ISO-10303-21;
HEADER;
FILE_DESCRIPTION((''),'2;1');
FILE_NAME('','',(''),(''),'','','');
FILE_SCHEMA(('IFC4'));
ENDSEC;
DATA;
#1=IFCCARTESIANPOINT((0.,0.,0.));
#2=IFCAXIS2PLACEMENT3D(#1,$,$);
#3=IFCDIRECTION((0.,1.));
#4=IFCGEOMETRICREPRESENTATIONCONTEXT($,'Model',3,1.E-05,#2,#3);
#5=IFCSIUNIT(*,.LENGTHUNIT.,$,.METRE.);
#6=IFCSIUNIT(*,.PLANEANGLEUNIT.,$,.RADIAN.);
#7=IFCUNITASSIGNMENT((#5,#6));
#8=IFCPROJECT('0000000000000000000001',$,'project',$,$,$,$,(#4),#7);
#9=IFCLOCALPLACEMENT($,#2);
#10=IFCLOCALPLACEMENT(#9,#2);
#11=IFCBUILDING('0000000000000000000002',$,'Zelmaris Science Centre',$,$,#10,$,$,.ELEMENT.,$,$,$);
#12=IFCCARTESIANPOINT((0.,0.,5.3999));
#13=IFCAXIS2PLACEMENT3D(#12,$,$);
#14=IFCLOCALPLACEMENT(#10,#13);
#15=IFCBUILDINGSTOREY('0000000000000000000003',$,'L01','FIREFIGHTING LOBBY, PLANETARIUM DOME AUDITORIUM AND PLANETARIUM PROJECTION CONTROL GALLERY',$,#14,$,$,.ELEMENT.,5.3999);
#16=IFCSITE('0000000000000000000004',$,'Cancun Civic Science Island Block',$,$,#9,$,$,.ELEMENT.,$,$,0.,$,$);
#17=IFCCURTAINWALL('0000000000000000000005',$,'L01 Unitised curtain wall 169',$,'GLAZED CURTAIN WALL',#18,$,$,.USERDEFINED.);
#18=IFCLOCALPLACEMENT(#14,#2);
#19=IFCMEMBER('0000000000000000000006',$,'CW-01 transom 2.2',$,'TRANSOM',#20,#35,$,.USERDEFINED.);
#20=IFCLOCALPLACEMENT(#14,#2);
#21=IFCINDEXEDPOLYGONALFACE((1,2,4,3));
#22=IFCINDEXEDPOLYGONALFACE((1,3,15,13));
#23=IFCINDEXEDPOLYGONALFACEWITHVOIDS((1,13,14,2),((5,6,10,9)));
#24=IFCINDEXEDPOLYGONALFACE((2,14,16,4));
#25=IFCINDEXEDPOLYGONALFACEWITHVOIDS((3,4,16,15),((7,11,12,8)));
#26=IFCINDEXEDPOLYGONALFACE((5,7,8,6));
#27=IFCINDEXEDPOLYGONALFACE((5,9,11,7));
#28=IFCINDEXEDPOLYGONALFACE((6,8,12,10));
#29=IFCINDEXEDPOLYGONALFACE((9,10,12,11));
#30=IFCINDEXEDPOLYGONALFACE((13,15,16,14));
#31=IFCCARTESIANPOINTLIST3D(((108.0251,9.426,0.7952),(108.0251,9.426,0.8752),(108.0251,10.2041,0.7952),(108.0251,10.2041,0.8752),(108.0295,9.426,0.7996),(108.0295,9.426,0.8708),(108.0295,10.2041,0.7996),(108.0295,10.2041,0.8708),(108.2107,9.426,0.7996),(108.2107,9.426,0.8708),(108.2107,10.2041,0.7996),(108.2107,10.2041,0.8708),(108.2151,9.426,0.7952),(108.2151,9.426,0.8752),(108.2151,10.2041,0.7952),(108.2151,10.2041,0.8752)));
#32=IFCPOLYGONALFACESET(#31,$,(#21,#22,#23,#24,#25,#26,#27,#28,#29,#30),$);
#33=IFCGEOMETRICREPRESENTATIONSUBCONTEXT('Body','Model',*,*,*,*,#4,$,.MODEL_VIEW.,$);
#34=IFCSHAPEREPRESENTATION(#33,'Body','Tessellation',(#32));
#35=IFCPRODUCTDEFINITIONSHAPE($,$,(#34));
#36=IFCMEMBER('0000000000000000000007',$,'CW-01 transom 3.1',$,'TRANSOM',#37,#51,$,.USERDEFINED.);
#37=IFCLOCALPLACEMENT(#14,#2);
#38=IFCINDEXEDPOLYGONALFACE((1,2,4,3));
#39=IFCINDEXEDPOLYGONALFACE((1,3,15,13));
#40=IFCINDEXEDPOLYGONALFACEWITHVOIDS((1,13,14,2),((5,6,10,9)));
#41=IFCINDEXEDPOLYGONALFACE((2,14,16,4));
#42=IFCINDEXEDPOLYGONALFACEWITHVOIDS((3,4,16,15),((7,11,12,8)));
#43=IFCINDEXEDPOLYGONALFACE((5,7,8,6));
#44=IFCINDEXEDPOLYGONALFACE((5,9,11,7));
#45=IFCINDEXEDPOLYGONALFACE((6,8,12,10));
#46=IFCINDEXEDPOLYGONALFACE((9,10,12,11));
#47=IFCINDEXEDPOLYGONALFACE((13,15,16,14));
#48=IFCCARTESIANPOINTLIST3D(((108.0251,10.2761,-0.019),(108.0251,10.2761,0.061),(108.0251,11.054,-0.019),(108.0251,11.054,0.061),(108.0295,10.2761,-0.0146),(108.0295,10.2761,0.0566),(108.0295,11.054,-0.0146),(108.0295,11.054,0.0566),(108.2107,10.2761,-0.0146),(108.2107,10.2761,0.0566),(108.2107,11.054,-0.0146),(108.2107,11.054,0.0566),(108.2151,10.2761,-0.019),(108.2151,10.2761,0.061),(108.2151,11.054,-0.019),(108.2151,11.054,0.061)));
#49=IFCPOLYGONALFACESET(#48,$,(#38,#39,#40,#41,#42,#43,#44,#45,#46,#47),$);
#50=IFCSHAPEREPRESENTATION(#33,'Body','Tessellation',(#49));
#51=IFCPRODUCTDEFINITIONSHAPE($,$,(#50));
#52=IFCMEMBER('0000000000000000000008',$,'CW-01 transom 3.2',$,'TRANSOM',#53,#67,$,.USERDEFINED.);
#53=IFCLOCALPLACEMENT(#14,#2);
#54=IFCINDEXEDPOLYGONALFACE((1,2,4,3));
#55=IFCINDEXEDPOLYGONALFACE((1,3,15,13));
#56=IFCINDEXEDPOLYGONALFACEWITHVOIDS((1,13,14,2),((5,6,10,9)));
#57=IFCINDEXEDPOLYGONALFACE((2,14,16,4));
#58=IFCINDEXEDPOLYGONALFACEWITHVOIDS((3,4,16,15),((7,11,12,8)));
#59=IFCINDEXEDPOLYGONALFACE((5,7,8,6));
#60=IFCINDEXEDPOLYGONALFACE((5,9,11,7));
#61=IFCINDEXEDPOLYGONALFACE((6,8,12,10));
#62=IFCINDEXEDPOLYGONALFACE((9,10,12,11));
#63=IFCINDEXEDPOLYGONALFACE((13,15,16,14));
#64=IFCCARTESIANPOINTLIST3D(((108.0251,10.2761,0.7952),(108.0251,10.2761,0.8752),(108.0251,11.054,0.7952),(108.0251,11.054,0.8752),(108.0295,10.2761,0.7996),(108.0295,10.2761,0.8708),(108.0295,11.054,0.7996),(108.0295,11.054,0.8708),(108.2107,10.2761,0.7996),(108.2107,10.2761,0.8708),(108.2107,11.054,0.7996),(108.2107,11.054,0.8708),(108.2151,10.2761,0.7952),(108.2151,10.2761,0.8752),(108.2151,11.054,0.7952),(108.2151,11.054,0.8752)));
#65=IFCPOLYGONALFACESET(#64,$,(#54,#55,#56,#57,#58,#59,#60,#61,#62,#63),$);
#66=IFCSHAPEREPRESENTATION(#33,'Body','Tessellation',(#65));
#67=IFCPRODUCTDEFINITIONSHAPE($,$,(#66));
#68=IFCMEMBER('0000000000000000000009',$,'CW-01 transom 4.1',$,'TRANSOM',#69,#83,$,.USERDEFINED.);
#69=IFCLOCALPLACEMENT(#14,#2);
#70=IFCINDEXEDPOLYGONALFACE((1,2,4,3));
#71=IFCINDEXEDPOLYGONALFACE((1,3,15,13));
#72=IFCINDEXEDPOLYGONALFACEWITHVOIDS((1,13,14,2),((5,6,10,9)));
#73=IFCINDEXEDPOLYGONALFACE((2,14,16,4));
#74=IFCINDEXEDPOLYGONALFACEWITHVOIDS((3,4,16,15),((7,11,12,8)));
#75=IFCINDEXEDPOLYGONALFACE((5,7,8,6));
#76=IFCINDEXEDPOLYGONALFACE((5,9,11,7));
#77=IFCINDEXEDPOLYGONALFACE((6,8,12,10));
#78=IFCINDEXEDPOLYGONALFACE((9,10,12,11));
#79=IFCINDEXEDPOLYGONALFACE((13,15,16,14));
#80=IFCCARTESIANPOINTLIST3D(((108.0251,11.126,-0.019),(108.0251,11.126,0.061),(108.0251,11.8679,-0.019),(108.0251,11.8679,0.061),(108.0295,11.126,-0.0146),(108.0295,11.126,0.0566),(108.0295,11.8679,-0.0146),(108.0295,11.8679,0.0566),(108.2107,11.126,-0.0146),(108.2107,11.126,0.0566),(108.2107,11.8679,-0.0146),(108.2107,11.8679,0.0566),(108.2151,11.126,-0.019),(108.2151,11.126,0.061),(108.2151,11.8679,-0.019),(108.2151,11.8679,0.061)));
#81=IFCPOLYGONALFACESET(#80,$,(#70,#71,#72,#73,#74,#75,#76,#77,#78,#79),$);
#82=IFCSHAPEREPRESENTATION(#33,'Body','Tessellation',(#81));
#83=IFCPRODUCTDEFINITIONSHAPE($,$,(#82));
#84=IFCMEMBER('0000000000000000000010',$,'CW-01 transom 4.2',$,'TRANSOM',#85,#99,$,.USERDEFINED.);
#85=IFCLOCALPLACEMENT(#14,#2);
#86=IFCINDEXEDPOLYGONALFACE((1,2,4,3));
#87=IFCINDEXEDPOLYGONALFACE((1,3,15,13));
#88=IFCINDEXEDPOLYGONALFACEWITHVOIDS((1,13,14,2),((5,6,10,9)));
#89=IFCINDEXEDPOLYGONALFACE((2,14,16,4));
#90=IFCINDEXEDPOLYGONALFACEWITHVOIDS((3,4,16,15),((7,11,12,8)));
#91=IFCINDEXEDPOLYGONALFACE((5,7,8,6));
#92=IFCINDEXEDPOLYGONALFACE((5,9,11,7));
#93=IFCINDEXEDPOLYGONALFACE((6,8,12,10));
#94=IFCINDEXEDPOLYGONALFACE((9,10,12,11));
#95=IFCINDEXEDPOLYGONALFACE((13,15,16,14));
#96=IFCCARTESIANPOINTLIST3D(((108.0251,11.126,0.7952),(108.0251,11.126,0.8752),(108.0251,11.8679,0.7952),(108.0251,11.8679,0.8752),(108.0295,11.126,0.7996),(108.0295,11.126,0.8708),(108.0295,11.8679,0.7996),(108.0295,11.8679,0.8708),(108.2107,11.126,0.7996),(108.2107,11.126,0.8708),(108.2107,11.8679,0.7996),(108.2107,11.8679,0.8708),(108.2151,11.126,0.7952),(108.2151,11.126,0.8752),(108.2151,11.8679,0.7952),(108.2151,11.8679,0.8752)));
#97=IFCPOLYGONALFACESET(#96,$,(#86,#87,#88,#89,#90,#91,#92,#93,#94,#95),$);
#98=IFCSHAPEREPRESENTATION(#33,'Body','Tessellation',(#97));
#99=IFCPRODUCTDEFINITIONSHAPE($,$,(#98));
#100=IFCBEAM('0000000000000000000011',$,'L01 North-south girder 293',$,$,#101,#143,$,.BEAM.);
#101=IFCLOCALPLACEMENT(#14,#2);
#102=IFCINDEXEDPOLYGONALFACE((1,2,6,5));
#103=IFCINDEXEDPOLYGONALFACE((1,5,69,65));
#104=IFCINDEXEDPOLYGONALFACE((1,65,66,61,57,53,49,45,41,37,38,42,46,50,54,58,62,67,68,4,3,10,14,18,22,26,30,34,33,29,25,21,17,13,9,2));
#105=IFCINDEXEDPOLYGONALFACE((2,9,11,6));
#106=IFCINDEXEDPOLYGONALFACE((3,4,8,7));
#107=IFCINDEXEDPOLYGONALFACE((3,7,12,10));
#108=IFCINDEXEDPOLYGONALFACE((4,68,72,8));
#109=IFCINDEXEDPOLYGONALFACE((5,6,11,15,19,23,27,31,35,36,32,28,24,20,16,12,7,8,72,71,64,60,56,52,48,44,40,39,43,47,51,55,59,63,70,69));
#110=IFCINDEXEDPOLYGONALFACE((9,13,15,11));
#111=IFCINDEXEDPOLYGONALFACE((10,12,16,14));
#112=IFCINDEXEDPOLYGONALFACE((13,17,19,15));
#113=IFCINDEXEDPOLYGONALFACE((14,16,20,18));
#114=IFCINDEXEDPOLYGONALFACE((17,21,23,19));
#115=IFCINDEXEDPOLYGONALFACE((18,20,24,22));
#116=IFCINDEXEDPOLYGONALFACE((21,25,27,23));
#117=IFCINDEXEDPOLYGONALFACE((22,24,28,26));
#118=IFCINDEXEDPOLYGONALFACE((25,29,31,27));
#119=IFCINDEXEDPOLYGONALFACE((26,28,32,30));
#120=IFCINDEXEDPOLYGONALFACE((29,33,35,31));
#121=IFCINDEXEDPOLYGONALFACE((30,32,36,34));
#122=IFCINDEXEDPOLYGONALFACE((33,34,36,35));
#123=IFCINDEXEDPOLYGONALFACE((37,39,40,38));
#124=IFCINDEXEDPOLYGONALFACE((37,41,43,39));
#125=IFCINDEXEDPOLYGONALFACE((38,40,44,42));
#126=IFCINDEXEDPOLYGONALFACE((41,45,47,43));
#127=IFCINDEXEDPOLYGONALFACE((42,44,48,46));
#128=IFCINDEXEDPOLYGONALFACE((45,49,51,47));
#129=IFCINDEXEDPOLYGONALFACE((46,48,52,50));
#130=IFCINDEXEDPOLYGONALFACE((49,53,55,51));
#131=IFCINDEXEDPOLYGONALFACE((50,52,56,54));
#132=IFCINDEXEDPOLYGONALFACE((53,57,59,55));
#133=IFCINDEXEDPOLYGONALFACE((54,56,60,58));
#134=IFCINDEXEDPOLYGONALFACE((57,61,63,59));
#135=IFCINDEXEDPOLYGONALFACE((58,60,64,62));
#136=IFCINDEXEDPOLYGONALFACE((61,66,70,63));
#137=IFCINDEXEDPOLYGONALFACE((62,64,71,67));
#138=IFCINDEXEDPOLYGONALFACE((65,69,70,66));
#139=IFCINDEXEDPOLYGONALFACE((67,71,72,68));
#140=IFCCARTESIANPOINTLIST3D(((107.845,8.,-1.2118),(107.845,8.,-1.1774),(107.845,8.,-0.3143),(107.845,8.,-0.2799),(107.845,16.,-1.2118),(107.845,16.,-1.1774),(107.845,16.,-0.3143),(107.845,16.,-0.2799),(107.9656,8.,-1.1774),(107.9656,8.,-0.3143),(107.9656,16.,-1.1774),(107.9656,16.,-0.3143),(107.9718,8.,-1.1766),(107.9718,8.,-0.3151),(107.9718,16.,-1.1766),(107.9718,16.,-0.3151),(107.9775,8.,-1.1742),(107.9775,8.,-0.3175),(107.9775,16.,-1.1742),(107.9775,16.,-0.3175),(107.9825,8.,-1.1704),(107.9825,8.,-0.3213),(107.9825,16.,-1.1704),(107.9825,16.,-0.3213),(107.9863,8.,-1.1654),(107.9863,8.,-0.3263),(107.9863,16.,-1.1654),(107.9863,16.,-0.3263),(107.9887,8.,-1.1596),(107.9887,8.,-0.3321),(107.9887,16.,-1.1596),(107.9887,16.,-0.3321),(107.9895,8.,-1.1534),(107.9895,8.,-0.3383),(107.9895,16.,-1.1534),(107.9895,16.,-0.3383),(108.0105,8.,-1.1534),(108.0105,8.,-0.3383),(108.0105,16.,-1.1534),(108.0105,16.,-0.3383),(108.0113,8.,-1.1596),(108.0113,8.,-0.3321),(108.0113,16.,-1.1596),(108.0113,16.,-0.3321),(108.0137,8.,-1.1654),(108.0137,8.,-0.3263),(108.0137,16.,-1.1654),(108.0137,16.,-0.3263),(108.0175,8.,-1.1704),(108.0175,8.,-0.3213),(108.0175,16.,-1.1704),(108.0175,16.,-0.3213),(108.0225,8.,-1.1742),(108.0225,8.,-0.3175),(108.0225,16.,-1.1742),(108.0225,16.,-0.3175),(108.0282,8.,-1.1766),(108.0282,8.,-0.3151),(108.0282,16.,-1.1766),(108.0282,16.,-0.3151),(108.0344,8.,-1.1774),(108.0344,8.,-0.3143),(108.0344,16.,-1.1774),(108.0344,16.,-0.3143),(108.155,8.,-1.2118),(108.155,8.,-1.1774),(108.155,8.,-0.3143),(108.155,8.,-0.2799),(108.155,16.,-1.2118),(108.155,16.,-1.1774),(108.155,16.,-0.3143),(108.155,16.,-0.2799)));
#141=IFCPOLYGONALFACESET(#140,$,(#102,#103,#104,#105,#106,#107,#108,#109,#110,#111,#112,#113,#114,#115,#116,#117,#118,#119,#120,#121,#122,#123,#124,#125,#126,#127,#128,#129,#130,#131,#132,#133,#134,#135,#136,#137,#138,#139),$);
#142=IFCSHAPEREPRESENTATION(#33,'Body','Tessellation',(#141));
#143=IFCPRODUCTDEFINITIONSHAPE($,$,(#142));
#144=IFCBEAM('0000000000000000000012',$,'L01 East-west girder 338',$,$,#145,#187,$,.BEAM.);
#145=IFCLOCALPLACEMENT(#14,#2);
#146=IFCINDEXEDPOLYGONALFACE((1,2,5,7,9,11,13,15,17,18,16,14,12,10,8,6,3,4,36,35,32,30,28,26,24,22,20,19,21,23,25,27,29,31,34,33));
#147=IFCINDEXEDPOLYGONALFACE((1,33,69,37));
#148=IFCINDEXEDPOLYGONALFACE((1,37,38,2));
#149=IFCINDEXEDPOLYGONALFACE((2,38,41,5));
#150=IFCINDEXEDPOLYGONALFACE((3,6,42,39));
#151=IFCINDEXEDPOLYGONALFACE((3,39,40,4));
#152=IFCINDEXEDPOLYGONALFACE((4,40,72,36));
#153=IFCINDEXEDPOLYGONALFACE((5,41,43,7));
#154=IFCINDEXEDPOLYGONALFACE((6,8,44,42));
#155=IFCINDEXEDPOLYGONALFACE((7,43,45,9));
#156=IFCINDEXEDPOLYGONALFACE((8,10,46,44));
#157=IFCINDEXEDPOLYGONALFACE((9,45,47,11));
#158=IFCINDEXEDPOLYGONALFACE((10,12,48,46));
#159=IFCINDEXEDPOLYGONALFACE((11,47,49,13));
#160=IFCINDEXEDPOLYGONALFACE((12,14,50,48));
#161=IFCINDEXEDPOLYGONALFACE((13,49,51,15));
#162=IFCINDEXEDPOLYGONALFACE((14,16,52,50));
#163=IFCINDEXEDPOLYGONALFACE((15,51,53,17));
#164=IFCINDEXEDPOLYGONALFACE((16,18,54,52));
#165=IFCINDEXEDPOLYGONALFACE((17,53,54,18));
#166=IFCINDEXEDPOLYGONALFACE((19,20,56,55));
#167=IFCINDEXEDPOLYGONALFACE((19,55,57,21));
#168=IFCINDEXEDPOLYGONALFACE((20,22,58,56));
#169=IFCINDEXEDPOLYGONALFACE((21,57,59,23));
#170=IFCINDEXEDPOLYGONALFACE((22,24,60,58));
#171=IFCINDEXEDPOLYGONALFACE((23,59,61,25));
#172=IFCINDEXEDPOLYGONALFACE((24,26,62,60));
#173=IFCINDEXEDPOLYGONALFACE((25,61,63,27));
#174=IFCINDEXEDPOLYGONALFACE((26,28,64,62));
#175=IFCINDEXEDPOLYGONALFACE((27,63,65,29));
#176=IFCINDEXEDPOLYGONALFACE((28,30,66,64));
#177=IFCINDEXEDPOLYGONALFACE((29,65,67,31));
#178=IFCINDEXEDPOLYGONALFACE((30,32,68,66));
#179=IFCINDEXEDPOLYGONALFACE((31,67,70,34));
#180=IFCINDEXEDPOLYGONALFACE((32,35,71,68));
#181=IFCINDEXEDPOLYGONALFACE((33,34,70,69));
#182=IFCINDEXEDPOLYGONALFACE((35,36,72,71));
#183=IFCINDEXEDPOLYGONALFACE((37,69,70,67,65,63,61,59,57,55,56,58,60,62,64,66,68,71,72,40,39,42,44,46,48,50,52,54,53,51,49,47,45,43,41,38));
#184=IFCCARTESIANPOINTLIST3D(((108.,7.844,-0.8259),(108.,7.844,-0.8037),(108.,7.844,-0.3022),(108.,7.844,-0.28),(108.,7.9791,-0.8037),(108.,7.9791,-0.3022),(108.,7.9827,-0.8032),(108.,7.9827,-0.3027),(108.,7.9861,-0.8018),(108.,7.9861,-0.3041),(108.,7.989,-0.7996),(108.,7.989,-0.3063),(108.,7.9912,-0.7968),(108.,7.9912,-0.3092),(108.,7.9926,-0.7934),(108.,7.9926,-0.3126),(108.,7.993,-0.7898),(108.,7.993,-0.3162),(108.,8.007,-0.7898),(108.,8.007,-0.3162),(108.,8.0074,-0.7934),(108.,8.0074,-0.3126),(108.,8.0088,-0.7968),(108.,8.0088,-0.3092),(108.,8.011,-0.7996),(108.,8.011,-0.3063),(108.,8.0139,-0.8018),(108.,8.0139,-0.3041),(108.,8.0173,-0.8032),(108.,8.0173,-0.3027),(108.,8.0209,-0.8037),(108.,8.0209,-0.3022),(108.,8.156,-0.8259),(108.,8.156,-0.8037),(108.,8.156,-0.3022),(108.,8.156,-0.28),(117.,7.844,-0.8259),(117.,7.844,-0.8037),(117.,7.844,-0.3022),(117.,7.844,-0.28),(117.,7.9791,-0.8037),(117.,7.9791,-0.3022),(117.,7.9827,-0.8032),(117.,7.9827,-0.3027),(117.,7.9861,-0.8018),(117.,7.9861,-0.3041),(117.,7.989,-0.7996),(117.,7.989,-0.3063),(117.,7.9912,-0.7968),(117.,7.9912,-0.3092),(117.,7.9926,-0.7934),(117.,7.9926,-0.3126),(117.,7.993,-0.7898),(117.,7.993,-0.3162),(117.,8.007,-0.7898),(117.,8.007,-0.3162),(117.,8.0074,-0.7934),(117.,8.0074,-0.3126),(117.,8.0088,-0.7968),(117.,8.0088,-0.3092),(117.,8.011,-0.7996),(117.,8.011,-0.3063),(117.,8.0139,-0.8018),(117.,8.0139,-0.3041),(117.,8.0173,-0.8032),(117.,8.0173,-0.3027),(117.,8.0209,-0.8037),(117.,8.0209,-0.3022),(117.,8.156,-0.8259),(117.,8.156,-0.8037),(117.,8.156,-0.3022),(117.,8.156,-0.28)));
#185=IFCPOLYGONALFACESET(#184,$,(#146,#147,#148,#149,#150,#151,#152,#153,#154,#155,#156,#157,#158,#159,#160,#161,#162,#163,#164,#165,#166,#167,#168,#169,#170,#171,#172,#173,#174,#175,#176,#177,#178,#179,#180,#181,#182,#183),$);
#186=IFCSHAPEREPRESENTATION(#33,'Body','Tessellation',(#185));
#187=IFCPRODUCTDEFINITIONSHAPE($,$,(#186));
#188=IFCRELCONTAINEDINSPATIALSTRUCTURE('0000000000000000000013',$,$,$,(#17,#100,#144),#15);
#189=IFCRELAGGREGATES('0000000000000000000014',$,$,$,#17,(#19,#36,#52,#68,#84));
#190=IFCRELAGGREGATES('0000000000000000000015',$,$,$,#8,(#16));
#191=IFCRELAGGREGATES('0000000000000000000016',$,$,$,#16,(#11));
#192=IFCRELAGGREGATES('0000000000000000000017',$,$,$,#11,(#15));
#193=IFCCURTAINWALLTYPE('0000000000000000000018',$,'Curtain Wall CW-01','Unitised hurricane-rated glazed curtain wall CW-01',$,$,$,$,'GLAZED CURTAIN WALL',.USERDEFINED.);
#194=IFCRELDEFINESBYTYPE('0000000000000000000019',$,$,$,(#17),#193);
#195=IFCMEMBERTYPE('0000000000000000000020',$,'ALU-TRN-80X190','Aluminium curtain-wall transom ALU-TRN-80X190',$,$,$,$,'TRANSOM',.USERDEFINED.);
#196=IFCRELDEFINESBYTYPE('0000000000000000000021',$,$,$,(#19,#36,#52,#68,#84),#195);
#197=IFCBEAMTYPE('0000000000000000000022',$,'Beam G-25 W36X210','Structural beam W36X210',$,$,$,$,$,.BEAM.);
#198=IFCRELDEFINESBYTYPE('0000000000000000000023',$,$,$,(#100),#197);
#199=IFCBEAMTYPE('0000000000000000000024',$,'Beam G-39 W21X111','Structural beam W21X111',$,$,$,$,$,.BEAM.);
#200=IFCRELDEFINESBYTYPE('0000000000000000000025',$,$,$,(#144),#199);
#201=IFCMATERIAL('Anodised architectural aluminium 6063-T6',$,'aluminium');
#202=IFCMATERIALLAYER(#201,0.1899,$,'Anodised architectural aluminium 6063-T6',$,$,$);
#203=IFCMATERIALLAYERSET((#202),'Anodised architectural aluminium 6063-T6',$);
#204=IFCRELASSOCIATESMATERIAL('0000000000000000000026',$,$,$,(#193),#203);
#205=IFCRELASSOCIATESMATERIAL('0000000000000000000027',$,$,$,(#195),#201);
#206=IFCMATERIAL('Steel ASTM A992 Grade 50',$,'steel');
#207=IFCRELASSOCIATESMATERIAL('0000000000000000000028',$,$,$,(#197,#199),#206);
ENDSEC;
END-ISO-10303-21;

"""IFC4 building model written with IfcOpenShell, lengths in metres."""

from ifc_helpers import new_model, si_unit, direction, frame, origin, origin_2d, place, context, subcontext, project, spatial, hollow_rectangle, i_section, extrude, material, layer, layer_set, material_profile, profile_set, type_object, element, aggregate, save


model = new_model("IFC4")

# Units and contexts
model_context = context("Model", 3, precision=1e-05, world=origin(), true_north=direction((0.0, 1.0)))
body_context = subcontext(model_context, "Body", "Model", "MODEL_VIEW")
ifc_project = project(units=[si_unit("LENGTHUNIT", "METRE"), si_unit("PLANEANGLEUNIT", "RADIAN")], contexts=[model_context])

# Site, building, storey
site_placement = place(None, origin())
site = spatial("IfcSite", under=ifc_project, at=site_placement, Name="Cancun Civic Science Island Block", CompositionType="ELEMENT", RefElevation=0.0)
building_placement = place(site_placement, origin())
building = spatial("IfcBuilding", under=site, at=building_placement, Name="Zelmaris Science Centre", CompositionType="ELEMENT")
storey_placement = place(building_placement, frame((0.0, 0.0, 5.3999)))
storey = spatial("IfcBuildingStorey", under=building, at=storey_placement, Name="L01", Description="FIREFIGHTING LOBBY, PLANETARIUM DOME AUDITORIUM AND PLANETARIUM PROJECTION CONTROL GALLERY", CompositionType="ELEMENT", Elevation=5.3999)

# Curtain wall, members
ifc_material_1 = material(Name="Anodised architectural aluminium 6063-T6", Category="aluminium")
ifc_layer_1 = layer(ifc_material_1, 0.1899, Name="Anodised architectural aluminium 6063-T6")
ifc_layer_set_1 = layer_set([ifc_layer_1], Name="Anodised architectural aluminium 6063-T6")
curtain_wall_type = type_object("IfcCurtainWallType", Name="Curtain Wall CW-01", Description="Unitised hurricane-rated glazed curtain wall CW-01", ElementType="GLAZED CURTAIN WALL", PredefinedType="USERDEFINED", material=ifc_layer_set_1)
curtain_wall_placement = place(storey_placement, origin())
curtain_wall = element("IfcCurtainWall", 1, at=curtain_wall_placement, inside=storey, type_object=curtain_wall_type, Name="L01 Unitised curtain wall 169", ObjectType="GLAZED CURTAIN WALL", PredefinedType="USERDEFINED")
ifc_material_profile_1 = material_profile(ifc_material_1, hollow_rectangle(XDim=0.0801, YDim=0.1899, WallThickness=0.0044, at=origin_2d()), Name="ALU-TRN-80X190")
ifc_profile_set_1 = profile_set([ifc_material_profile_1], Name="Anodised architectural aluminium 6063-T6")
member_type_1 = type_object("IfcMemberType", Name="ALU-TRN-80X190", Description="Aluminium curtain-wall transom ALU-TRN-80X190", ElementType="TRANSOM", PredefinedType="USERDEFINED", material=ifc_profile_set_1)
member_1_placement = place(storey_placement, frame((108.1201, 9.426, 0.8352), z_axis=(0.0, 1.0, 0.0), x_axis=(0.0, 0.0, 1.0)))
member_1 = element("IfcMember", 2, at=member_1_placement, type_object=member_type_1, Name="CW-01 transom 2.2", ObjectType="TRANSOM", PredefinedType="USERDEFINED", context=body_context, shape_type="SweptSolid", body=[
    extrude(hollow_rectangle(XDim=0.0801, YDim=0.1899, WallThickness=0.0044, at=origin_2d()), origin(), (0.0, 0.0, 1.0), 0.7781),
])
member_2_placement = place(storey_placement, frame((108.1201, 10.2761, 0.021), z_axis=(0.0, 1.0, 0.0), x_axis=(0.0, 0.0, 1.0)))
member_2 = element("IfcMember", 3, at=member_2_placement, type_object=member_type_1, Name="CW-01 transom 3.1", ObjectType="TRANSOM", PredefinedType="USERDEFINED", context=body_context, shape_type="SweptSolid", body=[
    extrude(hollow_rectangle(XDim=0.0801, YDim=0.1899, WallThickness=0.0044, at=origin_2d()), origin(), (0.0, 0.0, 1.0), 0.7778),
])
member_3_placement = place(storey_placement, frame((108.1201, 10.2761, 0.8352), z_axis=(0.0, 1.0, 0.0), x_axis=(0.0, 0.0, 1.0)))
member_3 = element("IfcMember", 4, at=member_3_placement, type_object=member_type_1, Name="CW-01 transom 3.2", ObjectType="TRANSOM", PredefinedType="USERDEFINED", context=body_context, shape_type="SweptSolid", body=[
    extrude(hollow_rectangle(XDim=0.0801, YDim=0.1899, WallThickness=0.0044, at=origin_2d()), origin(), (0.0, 0.0, 1.0), 0.7778),
])
member_4_placement = place(storey_placement, frame((108.1201, 11.126, 0.021), z_axis=(0.0, 1.0, 0.0), x_axis=(0.0, 0.0, 1.0)))
member_4 = element("IfcMember", 5, at=member_4_placement, type_object=member_type_1, Name="CW-01 transom 4.1", ObjectType="TRANSOM", PredefinedType="USERDEFINED", context=body_context, shape_type="SweptSolid", body=[
    extrude(hollow_rectangle(XDim=0.0801, YDim=0.1899, WallThickness=0.0044, at=origin_2d()), origin(), (0.0, 0.0, 1.0), 0.7419),
])
member_5_placement = place(storey_placement, frame((108.1201, 11.126, 0.8352), z_axis=(0.0, 1.0, 0.0), x_axis=(0.0, 0.0, 1.0)))
member_5 = element("IfcMember", 6, at=member_5_placement, type_object=member_type_1, Name="CW-01 transom 4.2", ObjectType="TRANSOM", PredefinedType="USERDEFINED", context=body_context, shape_type="SweptSolid", body=[
    extrude(hollow_rectangle(XDim=0.0801, YDim=0.1899, WallThickness=0.0044, at=origin_2d()), origin(), (0.0, 0.0, 1.0), 0.7419),
])

# Beams
ifc_material_2 = material(Name="Steel ASTM A992 Grade 50", Category="steel")
ifc_material_profile_2 = material_profile(ifc_material_2, i_section(OverallWidth=0.3101, OverallDepth=0.9319, WebThickness=0.021, FlangeThickness=0.0344, FilletRadius=0.0239, at=origin_2d()), Name="W36X210")
ifc_profile_set_2 = profile_set([ifc_material_profile_2], Name="Steel ASTM A992 Grade 50")
beam_type_1 = type_object("IfcBeamType", Name="Beam G-25 W36X210", Description="Structural beam W36X210", PredefinedType="BEAM", material=ifc_profile_set_2)
beam_1_placement = place(storey_placement, frame((108.0, 8.0, -0.7458), z_axis=(0.0, 1.0, 0.0), x_axis=(-1.0, 0.0, 0.0)))
element("IfcBeam", 7, at=beam_1_placement, inside=storey, type_object=beam_type_1, Name="L01 North-south girder 293", PredefinedType="BEAM", context=body_context, shape_type="SweptSolid", body=[
    extrude(i_section(OverallWidth=0.3101, OverallDepth=0.9319, WebThickness=0.021, FlangeThickness=0.0344, FilletRadius=0.0239, at=origin_2d()), origin(), (0.0, 0.0, 1.0), 8.0),
])
ifc_material_profile_3 = material_profile(ifc_material_2, i_section(OverallWidth=0.312, OverallDepth=0.5459, WebThickness=0.0139, FlangeThickness=0.0222, FilletRadius=0.0139, at=origin_2d()), Name="W21X111")
ifc_profile_set_3 = profile_set([ifc_material_profile_3], Name="Steel ASTM A992 Grade 50")
beam_type_2 = type_object("IfcBeamType", Name="Beam G-39 W21X111", Description="Structural beam W21X111", PredefinedType="BEAM", material=ifc_profile_set_3)
beam_2_placement = place(storey_placement, frame((108.0, 8.0, -0.553), z_axis=(1.0, 0.0, 0.0), x_axis=(0.0, 1.0, 0.0)))
element("IfcBeam", 8, at=beam_2_placement, inside=storey, type_object=beam_type_2, Name="L01 East-west girder 338", PredefinedType="BEAM", context=body_context, shape_type="SweptSolid", body=[
    extrude(i_section(OverallWidth=0.312, OverallDepth=0.5459, WebThickness=0.0139, FlangeThickness=0.0222, FilletRadius=0.0139, at=origin_2d()), origin(), (0.0, 0.0, 1.0), 9.0),
])

aggregate(curtain_wall, [member_1, member_2, member_3, member_4, member_5])

save(model, "model.ifc")
